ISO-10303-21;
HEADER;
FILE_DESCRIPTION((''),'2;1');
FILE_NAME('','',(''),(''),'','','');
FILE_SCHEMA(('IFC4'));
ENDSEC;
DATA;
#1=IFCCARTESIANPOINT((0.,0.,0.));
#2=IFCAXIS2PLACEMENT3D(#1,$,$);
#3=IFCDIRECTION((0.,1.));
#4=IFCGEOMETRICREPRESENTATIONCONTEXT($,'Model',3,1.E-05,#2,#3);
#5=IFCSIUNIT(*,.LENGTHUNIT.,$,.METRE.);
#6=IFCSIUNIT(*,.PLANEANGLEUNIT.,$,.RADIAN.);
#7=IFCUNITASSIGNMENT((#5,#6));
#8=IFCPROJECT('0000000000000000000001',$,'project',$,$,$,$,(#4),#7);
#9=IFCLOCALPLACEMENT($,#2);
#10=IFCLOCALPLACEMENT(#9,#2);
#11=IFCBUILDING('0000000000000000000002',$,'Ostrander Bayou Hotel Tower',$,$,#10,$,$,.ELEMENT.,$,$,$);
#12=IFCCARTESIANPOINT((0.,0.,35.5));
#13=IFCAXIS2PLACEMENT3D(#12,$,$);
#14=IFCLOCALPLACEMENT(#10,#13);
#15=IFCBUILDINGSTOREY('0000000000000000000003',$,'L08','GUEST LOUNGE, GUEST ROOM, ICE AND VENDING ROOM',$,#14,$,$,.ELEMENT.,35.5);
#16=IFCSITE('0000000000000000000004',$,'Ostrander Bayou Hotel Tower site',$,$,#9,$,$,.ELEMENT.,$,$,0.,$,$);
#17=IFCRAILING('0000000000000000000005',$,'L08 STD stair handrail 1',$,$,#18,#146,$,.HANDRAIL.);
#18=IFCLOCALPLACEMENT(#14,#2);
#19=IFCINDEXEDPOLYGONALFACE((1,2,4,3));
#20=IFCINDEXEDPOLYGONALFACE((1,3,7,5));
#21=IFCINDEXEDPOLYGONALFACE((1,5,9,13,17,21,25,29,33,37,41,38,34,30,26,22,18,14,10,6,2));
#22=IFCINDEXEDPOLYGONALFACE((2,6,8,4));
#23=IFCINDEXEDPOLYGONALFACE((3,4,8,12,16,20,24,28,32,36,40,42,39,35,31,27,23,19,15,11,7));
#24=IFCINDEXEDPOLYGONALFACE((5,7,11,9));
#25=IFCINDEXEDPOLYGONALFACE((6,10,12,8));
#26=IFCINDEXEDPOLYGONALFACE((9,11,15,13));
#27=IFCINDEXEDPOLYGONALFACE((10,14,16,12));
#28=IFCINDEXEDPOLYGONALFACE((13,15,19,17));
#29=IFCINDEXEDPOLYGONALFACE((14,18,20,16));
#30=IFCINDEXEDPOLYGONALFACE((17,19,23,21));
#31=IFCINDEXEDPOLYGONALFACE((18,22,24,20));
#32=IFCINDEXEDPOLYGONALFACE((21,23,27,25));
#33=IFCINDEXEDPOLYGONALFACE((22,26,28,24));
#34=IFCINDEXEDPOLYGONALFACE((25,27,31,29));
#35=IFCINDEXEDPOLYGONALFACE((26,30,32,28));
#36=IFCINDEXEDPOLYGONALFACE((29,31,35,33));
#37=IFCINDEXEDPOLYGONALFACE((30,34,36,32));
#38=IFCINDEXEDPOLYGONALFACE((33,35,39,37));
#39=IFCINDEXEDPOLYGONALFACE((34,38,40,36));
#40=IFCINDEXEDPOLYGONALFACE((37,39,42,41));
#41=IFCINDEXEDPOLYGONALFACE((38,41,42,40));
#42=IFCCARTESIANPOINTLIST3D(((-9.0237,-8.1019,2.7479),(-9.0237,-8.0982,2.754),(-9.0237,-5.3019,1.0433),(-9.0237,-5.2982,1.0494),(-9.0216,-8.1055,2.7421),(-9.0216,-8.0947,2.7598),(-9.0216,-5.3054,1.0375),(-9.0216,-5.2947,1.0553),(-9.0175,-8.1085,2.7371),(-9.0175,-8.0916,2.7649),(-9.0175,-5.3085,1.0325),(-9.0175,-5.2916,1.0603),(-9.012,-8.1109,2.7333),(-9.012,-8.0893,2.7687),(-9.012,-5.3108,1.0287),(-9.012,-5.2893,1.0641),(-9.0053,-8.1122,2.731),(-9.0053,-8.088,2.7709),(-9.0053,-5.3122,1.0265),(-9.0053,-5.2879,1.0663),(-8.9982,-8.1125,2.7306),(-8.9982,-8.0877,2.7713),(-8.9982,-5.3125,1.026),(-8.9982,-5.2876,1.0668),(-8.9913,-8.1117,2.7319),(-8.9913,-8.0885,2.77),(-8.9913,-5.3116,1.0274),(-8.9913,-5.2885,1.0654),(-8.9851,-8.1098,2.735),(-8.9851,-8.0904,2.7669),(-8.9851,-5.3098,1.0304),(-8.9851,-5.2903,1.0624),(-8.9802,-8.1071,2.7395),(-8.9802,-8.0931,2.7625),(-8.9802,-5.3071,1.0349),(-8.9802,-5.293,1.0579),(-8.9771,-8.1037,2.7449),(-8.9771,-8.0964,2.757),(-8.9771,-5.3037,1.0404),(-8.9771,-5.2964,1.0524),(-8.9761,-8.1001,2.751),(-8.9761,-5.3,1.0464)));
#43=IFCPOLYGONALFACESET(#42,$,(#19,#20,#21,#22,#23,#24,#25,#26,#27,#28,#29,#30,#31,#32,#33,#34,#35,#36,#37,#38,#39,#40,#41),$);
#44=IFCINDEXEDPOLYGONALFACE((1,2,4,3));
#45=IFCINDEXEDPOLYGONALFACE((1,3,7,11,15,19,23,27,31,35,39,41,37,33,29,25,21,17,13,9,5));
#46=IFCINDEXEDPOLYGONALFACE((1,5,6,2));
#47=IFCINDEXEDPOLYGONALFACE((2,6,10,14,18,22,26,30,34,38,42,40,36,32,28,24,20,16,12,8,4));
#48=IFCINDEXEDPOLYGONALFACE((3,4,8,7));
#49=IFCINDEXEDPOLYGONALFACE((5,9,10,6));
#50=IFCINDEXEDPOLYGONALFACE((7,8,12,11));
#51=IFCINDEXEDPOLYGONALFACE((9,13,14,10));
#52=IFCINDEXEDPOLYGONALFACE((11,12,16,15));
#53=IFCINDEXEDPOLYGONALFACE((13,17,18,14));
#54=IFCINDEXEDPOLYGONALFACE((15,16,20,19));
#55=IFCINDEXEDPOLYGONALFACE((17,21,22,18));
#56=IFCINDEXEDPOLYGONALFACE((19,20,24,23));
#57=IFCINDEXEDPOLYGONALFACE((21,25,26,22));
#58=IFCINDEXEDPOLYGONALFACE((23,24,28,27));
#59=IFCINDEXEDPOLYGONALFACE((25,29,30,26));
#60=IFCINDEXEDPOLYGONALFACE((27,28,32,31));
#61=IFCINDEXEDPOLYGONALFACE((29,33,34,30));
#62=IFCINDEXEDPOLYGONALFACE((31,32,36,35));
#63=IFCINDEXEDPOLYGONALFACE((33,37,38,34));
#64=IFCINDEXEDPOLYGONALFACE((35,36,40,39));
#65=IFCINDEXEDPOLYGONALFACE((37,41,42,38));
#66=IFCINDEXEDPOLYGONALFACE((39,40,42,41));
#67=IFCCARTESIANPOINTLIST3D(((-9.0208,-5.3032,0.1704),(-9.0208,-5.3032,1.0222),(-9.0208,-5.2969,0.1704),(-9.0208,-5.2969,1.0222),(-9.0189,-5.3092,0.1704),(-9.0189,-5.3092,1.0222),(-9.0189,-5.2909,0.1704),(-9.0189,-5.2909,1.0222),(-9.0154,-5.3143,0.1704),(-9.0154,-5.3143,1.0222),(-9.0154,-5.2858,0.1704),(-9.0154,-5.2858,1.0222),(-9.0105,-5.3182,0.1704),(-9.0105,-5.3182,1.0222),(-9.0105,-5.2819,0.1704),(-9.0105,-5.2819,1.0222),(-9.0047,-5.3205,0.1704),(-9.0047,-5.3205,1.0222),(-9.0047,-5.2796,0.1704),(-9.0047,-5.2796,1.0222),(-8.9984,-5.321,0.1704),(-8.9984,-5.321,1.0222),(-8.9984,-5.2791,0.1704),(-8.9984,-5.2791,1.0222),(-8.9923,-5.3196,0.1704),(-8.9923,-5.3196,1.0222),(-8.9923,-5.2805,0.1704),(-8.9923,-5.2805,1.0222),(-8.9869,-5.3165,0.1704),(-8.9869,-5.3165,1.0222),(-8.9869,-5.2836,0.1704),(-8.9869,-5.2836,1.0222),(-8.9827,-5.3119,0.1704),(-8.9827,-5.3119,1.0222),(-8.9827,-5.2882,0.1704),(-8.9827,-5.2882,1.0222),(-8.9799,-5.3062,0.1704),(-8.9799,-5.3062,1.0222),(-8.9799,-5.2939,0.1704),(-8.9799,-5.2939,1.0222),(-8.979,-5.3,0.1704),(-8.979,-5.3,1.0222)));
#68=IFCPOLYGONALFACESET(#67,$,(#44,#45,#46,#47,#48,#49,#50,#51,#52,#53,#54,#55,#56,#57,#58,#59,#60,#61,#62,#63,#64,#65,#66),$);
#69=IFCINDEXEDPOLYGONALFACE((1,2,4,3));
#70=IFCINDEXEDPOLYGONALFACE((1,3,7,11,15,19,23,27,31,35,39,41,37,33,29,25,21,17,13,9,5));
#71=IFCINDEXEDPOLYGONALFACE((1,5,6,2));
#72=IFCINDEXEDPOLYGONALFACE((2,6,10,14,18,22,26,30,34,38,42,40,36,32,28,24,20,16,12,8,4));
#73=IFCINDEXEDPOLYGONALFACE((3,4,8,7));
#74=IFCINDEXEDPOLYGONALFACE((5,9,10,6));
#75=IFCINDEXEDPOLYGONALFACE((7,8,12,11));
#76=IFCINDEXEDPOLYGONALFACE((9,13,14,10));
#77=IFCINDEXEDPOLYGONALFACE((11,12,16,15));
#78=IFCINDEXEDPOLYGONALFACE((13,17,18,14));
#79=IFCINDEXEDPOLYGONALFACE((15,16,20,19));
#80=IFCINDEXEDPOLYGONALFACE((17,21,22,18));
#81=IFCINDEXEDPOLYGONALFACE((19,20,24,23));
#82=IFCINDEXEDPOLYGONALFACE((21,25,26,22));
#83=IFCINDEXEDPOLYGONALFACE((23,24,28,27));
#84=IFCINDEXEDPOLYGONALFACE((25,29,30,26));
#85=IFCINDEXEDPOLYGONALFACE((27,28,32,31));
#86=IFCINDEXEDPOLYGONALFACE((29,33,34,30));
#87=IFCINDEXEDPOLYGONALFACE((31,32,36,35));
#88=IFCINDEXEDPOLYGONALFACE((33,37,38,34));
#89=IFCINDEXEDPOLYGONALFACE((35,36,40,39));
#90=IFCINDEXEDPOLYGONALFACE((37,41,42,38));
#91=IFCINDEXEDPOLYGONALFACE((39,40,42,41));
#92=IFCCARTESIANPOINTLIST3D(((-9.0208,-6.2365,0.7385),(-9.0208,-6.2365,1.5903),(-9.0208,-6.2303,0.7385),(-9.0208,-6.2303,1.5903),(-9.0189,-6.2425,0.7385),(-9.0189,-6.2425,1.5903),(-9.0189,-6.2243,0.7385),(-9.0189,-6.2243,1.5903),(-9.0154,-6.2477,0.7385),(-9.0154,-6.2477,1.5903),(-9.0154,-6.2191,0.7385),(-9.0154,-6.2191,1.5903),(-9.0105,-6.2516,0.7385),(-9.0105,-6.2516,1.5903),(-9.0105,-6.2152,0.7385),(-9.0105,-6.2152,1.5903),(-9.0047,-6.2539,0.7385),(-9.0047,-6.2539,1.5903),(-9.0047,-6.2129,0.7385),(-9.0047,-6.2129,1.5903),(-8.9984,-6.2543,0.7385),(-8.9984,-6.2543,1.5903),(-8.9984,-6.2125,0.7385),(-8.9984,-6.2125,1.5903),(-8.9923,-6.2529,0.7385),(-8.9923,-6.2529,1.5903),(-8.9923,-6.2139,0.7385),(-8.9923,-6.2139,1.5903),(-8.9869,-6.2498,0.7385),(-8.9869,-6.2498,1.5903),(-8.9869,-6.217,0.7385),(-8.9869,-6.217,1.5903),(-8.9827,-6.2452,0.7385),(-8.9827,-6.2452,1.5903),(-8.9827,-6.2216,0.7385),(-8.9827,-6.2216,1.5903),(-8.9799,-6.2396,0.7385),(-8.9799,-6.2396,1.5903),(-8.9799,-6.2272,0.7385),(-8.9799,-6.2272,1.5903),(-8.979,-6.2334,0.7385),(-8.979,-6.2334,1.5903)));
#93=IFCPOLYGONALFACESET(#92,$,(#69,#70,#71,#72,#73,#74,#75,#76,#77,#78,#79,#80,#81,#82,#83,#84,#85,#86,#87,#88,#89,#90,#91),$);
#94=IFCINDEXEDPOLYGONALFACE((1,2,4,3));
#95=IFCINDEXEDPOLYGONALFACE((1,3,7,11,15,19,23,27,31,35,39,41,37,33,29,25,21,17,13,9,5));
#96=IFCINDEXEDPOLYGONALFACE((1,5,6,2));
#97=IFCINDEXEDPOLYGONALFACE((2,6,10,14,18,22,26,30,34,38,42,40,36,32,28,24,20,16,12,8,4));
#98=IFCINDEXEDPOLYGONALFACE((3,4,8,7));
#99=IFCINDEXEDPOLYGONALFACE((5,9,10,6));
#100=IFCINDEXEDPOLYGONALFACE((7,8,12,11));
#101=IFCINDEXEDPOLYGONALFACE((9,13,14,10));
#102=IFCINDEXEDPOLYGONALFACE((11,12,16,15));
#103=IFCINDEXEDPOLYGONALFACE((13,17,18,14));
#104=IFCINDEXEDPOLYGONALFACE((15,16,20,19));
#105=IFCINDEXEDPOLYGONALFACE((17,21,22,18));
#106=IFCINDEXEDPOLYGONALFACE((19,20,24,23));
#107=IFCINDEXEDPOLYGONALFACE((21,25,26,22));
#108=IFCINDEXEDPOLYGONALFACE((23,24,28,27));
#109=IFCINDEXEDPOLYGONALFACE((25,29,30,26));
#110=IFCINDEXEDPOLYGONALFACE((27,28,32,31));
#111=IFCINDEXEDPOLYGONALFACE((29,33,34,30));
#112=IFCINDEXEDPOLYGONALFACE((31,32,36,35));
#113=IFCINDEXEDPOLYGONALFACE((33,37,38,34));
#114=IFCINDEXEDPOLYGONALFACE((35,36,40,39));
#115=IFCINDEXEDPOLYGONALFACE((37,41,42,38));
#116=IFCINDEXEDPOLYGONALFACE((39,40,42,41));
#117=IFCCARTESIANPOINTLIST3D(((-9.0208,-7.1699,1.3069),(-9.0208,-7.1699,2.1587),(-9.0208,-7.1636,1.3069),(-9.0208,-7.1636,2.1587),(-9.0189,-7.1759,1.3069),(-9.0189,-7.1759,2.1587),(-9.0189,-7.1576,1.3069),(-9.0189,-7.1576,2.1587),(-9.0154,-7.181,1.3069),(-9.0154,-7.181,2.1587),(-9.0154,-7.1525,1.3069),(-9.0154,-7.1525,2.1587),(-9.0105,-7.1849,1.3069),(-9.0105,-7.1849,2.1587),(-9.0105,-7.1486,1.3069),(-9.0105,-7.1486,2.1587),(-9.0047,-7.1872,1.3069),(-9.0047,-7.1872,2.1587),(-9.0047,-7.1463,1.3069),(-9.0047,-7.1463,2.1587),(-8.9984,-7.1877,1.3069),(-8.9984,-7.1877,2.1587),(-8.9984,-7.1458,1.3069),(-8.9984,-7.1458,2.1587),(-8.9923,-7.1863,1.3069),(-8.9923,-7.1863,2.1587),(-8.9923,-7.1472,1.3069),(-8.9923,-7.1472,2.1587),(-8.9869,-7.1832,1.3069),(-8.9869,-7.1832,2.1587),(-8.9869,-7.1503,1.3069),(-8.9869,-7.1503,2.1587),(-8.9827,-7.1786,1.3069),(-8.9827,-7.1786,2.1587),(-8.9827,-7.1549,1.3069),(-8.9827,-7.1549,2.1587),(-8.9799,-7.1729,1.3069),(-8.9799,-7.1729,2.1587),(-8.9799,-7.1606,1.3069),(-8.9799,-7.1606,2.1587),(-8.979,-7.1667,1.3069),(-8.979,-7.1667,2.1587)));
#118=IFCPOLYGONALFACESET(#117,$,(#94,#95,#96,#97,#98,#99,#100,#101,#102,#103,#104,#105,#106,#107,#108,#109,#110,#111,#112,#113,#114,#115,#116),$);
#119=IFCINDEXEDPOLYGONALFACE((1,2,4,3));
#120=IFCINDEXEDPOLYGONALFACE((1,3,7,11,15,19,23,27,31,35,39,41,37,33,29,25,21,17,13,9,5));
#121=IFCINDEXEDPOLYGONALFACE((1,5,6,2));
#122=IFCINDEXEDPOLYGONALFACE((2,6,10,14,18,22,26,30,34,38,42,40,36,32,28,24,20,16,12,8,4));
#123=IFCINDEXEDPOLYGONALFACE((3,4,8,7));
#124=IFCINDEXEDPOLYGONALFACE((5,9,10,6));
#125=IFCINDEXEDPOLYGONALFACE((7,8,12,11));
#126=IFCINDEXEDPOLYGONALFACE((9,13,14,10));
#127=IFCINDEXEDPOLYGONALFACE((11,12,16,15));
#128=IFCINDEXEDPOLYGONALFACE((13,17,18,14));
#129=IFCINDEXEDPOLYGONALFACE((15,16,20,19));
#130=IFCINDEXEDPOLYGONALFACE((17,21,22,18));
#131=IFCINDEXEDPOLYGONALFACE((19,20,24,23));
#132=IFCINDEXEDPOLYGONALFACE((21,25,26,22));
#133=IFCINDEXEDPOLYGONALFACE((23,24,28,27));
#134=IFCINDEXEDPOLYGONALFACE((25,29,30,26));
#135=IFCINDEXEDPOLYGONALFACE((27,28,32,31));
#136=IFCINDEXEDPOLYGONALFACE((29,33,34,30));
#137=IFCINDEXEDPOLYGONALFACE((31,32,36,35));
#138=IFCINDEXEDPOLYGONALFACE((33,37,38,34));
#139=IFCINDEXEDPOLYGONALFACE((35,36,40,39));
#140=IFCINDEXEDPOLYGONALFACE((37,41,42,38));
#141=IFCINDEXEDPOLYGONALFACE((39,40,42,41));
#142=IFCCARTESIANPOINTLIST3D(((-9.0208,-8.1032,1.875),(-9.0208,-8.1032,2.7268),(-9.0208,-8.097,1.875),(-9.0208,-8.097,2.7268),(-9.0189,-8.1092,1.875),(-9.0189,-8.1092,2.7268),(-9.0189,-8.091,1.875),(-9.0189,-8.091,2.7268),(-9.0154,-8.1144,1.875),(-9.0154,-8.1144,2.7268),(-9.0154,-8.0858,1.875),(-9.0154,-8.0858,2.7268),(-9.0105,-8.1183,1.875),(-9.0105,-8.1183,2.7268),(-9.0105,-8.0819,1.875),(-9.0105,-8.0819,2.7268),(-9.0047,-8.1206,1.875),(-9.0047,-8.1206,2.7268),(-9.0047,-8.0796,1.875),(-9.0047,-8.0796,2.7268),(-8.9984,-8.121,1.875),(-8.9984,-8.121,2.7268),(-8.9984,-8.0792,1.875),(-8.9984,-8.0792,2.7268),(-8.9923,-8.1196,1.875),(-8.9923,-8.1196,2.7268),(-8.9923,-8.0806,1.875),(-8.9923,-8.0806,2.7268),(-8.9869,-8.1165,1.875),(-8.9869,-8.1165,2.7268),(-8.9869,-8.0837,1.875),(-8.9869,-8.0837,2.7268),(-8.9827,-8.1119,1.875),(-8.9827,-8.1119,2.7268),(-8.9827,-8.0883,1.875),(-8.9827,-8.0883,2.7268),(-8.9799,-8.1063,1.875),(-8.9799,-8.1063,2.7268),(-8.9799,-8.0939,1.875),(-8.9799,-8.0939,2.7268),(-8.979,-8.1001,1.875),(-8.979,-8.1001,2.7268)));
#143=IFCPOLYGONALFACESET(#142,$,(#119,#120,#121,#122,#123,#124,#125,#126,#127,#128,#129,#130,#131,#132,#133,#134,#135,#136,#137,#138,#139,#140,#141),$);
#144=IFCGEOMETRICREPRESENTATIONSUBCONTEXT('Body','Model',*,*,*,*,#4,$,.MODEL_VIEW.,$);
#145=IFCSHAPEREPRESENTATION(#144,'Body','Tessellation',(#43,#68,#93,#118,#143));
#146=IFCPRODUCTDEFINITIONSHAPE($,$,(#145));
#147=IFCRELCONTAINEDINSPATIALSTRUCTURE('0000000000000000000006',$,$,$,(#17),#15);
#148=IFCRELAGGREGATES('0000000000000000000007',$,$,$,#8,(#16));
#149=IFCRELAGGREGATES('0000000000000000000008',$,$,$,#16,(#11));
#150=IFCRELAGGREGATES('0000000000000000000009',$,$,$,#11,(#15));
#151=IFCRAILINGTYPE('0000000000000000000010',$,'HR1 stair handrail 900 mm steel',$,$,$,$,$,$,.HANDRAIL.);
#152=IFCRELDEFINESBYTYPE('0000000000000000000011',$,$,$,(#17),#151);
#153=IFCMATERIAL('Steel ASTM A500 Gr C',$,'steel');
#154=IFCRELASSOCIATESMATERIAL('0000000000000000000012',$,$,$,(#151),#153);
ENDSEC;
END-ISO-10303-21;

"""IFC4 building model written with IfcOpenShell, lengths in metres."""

from ifc_helpers import new_model, si_unit, direction, frame, origin, origin_2d, place, context, subcontext, project, spatial, circle, extrude, material, type_object, element, save


model = new_model("IFC4")

# Units and contexts
model_context = context("Model", 3, precision=1e-05, world=origin(), true_north=direction((0.0, 1.0)))
body_context = subcontext(model_context, "Body", "Model", "MODEL_VIEW")
ifc_project = project(units=[si_unit("LENGTHUNIT", "METRE"), si_unit("PLANEANGLEUNIT", "RADIAN")], contexts=[model_context])

# Site, building, storey
site_placement = place(None, origin())
site = spatial("IfcSite", under=ifc_project, at=site_placement, Name="Ostrander Bayou Hotel Tower site", CompositionType="ELEMENT", RefElevation=0.0)
building_placement = place(site_placement, origin())
building = spatial("IfcBuilding", under=site, at=building_placement, Name="Ostrander Bayou Hotel Tower", CompositionType="ELEMENT")
storey_placement = place(building_placement, frame((0.0, 0.0, 35.5)))
storey = spatial("IfcBuildingStorey", under=building, at=storey_placement, Name="L08", Description="GUEST LOUNGE, GUEST ROOM, ICE AND VENDING ROOM", CompositionType="ELEMENT", Elevation=35.5)

# Railing
ifc_material_1 = material(Name="Steel ASTM A500 Gr C", Category="steel")
railing_type_1 = type_object("IfcRailingType", Name="HR1 stair handrail 900 mm steel", PredefinedType="HANDRAIL", material=ifc_material_1)
railing_1_placement = place(storey_placement, frame((-9.0, -5.3, 0.1704)))
element("IfcRailing", 1, at=railing_1_placement, inside=storey, type_object=railing_type_1, Name="L08 STD stair handrail 1", PredefinedType="HANDRAIL", context=body_context, shape_type="SweptSolid", body=[
    extrude(circle(Radius=0.0239, at=origin_2d()), frame((0.0, 0.0, 0.876), z_axis=(0.0, -0.85417, 0.519994), x_axis=(1.0, 0.0, 0.0)), (0.0, 0.0, 1.0), 3.2781),
    extrude(circle(Radius=0.021, at=origin_2d()), origin(), (0.0, 0.0, 1.0), 0.8518),
    extrude(circle(Radius=0.021, at=origin_2d()), frame((0.0, -0.9333, 0.5681)), (0.0, 0.0, 1.0), 0.8518),
    extrude(circle(Radius=0.021, at=origin_2d()), frame((0.0, -1.8667, 1.1365)), (0.0, 0.0, 1.0), 0.8518),
    extrude(circle(Radius=0.021, at=origin_2d()), frame((0.0, -2.8, 1.7046)), (0.0, 0.0, 1.0), 0.8518),
])

save(model, "model.ifc")
